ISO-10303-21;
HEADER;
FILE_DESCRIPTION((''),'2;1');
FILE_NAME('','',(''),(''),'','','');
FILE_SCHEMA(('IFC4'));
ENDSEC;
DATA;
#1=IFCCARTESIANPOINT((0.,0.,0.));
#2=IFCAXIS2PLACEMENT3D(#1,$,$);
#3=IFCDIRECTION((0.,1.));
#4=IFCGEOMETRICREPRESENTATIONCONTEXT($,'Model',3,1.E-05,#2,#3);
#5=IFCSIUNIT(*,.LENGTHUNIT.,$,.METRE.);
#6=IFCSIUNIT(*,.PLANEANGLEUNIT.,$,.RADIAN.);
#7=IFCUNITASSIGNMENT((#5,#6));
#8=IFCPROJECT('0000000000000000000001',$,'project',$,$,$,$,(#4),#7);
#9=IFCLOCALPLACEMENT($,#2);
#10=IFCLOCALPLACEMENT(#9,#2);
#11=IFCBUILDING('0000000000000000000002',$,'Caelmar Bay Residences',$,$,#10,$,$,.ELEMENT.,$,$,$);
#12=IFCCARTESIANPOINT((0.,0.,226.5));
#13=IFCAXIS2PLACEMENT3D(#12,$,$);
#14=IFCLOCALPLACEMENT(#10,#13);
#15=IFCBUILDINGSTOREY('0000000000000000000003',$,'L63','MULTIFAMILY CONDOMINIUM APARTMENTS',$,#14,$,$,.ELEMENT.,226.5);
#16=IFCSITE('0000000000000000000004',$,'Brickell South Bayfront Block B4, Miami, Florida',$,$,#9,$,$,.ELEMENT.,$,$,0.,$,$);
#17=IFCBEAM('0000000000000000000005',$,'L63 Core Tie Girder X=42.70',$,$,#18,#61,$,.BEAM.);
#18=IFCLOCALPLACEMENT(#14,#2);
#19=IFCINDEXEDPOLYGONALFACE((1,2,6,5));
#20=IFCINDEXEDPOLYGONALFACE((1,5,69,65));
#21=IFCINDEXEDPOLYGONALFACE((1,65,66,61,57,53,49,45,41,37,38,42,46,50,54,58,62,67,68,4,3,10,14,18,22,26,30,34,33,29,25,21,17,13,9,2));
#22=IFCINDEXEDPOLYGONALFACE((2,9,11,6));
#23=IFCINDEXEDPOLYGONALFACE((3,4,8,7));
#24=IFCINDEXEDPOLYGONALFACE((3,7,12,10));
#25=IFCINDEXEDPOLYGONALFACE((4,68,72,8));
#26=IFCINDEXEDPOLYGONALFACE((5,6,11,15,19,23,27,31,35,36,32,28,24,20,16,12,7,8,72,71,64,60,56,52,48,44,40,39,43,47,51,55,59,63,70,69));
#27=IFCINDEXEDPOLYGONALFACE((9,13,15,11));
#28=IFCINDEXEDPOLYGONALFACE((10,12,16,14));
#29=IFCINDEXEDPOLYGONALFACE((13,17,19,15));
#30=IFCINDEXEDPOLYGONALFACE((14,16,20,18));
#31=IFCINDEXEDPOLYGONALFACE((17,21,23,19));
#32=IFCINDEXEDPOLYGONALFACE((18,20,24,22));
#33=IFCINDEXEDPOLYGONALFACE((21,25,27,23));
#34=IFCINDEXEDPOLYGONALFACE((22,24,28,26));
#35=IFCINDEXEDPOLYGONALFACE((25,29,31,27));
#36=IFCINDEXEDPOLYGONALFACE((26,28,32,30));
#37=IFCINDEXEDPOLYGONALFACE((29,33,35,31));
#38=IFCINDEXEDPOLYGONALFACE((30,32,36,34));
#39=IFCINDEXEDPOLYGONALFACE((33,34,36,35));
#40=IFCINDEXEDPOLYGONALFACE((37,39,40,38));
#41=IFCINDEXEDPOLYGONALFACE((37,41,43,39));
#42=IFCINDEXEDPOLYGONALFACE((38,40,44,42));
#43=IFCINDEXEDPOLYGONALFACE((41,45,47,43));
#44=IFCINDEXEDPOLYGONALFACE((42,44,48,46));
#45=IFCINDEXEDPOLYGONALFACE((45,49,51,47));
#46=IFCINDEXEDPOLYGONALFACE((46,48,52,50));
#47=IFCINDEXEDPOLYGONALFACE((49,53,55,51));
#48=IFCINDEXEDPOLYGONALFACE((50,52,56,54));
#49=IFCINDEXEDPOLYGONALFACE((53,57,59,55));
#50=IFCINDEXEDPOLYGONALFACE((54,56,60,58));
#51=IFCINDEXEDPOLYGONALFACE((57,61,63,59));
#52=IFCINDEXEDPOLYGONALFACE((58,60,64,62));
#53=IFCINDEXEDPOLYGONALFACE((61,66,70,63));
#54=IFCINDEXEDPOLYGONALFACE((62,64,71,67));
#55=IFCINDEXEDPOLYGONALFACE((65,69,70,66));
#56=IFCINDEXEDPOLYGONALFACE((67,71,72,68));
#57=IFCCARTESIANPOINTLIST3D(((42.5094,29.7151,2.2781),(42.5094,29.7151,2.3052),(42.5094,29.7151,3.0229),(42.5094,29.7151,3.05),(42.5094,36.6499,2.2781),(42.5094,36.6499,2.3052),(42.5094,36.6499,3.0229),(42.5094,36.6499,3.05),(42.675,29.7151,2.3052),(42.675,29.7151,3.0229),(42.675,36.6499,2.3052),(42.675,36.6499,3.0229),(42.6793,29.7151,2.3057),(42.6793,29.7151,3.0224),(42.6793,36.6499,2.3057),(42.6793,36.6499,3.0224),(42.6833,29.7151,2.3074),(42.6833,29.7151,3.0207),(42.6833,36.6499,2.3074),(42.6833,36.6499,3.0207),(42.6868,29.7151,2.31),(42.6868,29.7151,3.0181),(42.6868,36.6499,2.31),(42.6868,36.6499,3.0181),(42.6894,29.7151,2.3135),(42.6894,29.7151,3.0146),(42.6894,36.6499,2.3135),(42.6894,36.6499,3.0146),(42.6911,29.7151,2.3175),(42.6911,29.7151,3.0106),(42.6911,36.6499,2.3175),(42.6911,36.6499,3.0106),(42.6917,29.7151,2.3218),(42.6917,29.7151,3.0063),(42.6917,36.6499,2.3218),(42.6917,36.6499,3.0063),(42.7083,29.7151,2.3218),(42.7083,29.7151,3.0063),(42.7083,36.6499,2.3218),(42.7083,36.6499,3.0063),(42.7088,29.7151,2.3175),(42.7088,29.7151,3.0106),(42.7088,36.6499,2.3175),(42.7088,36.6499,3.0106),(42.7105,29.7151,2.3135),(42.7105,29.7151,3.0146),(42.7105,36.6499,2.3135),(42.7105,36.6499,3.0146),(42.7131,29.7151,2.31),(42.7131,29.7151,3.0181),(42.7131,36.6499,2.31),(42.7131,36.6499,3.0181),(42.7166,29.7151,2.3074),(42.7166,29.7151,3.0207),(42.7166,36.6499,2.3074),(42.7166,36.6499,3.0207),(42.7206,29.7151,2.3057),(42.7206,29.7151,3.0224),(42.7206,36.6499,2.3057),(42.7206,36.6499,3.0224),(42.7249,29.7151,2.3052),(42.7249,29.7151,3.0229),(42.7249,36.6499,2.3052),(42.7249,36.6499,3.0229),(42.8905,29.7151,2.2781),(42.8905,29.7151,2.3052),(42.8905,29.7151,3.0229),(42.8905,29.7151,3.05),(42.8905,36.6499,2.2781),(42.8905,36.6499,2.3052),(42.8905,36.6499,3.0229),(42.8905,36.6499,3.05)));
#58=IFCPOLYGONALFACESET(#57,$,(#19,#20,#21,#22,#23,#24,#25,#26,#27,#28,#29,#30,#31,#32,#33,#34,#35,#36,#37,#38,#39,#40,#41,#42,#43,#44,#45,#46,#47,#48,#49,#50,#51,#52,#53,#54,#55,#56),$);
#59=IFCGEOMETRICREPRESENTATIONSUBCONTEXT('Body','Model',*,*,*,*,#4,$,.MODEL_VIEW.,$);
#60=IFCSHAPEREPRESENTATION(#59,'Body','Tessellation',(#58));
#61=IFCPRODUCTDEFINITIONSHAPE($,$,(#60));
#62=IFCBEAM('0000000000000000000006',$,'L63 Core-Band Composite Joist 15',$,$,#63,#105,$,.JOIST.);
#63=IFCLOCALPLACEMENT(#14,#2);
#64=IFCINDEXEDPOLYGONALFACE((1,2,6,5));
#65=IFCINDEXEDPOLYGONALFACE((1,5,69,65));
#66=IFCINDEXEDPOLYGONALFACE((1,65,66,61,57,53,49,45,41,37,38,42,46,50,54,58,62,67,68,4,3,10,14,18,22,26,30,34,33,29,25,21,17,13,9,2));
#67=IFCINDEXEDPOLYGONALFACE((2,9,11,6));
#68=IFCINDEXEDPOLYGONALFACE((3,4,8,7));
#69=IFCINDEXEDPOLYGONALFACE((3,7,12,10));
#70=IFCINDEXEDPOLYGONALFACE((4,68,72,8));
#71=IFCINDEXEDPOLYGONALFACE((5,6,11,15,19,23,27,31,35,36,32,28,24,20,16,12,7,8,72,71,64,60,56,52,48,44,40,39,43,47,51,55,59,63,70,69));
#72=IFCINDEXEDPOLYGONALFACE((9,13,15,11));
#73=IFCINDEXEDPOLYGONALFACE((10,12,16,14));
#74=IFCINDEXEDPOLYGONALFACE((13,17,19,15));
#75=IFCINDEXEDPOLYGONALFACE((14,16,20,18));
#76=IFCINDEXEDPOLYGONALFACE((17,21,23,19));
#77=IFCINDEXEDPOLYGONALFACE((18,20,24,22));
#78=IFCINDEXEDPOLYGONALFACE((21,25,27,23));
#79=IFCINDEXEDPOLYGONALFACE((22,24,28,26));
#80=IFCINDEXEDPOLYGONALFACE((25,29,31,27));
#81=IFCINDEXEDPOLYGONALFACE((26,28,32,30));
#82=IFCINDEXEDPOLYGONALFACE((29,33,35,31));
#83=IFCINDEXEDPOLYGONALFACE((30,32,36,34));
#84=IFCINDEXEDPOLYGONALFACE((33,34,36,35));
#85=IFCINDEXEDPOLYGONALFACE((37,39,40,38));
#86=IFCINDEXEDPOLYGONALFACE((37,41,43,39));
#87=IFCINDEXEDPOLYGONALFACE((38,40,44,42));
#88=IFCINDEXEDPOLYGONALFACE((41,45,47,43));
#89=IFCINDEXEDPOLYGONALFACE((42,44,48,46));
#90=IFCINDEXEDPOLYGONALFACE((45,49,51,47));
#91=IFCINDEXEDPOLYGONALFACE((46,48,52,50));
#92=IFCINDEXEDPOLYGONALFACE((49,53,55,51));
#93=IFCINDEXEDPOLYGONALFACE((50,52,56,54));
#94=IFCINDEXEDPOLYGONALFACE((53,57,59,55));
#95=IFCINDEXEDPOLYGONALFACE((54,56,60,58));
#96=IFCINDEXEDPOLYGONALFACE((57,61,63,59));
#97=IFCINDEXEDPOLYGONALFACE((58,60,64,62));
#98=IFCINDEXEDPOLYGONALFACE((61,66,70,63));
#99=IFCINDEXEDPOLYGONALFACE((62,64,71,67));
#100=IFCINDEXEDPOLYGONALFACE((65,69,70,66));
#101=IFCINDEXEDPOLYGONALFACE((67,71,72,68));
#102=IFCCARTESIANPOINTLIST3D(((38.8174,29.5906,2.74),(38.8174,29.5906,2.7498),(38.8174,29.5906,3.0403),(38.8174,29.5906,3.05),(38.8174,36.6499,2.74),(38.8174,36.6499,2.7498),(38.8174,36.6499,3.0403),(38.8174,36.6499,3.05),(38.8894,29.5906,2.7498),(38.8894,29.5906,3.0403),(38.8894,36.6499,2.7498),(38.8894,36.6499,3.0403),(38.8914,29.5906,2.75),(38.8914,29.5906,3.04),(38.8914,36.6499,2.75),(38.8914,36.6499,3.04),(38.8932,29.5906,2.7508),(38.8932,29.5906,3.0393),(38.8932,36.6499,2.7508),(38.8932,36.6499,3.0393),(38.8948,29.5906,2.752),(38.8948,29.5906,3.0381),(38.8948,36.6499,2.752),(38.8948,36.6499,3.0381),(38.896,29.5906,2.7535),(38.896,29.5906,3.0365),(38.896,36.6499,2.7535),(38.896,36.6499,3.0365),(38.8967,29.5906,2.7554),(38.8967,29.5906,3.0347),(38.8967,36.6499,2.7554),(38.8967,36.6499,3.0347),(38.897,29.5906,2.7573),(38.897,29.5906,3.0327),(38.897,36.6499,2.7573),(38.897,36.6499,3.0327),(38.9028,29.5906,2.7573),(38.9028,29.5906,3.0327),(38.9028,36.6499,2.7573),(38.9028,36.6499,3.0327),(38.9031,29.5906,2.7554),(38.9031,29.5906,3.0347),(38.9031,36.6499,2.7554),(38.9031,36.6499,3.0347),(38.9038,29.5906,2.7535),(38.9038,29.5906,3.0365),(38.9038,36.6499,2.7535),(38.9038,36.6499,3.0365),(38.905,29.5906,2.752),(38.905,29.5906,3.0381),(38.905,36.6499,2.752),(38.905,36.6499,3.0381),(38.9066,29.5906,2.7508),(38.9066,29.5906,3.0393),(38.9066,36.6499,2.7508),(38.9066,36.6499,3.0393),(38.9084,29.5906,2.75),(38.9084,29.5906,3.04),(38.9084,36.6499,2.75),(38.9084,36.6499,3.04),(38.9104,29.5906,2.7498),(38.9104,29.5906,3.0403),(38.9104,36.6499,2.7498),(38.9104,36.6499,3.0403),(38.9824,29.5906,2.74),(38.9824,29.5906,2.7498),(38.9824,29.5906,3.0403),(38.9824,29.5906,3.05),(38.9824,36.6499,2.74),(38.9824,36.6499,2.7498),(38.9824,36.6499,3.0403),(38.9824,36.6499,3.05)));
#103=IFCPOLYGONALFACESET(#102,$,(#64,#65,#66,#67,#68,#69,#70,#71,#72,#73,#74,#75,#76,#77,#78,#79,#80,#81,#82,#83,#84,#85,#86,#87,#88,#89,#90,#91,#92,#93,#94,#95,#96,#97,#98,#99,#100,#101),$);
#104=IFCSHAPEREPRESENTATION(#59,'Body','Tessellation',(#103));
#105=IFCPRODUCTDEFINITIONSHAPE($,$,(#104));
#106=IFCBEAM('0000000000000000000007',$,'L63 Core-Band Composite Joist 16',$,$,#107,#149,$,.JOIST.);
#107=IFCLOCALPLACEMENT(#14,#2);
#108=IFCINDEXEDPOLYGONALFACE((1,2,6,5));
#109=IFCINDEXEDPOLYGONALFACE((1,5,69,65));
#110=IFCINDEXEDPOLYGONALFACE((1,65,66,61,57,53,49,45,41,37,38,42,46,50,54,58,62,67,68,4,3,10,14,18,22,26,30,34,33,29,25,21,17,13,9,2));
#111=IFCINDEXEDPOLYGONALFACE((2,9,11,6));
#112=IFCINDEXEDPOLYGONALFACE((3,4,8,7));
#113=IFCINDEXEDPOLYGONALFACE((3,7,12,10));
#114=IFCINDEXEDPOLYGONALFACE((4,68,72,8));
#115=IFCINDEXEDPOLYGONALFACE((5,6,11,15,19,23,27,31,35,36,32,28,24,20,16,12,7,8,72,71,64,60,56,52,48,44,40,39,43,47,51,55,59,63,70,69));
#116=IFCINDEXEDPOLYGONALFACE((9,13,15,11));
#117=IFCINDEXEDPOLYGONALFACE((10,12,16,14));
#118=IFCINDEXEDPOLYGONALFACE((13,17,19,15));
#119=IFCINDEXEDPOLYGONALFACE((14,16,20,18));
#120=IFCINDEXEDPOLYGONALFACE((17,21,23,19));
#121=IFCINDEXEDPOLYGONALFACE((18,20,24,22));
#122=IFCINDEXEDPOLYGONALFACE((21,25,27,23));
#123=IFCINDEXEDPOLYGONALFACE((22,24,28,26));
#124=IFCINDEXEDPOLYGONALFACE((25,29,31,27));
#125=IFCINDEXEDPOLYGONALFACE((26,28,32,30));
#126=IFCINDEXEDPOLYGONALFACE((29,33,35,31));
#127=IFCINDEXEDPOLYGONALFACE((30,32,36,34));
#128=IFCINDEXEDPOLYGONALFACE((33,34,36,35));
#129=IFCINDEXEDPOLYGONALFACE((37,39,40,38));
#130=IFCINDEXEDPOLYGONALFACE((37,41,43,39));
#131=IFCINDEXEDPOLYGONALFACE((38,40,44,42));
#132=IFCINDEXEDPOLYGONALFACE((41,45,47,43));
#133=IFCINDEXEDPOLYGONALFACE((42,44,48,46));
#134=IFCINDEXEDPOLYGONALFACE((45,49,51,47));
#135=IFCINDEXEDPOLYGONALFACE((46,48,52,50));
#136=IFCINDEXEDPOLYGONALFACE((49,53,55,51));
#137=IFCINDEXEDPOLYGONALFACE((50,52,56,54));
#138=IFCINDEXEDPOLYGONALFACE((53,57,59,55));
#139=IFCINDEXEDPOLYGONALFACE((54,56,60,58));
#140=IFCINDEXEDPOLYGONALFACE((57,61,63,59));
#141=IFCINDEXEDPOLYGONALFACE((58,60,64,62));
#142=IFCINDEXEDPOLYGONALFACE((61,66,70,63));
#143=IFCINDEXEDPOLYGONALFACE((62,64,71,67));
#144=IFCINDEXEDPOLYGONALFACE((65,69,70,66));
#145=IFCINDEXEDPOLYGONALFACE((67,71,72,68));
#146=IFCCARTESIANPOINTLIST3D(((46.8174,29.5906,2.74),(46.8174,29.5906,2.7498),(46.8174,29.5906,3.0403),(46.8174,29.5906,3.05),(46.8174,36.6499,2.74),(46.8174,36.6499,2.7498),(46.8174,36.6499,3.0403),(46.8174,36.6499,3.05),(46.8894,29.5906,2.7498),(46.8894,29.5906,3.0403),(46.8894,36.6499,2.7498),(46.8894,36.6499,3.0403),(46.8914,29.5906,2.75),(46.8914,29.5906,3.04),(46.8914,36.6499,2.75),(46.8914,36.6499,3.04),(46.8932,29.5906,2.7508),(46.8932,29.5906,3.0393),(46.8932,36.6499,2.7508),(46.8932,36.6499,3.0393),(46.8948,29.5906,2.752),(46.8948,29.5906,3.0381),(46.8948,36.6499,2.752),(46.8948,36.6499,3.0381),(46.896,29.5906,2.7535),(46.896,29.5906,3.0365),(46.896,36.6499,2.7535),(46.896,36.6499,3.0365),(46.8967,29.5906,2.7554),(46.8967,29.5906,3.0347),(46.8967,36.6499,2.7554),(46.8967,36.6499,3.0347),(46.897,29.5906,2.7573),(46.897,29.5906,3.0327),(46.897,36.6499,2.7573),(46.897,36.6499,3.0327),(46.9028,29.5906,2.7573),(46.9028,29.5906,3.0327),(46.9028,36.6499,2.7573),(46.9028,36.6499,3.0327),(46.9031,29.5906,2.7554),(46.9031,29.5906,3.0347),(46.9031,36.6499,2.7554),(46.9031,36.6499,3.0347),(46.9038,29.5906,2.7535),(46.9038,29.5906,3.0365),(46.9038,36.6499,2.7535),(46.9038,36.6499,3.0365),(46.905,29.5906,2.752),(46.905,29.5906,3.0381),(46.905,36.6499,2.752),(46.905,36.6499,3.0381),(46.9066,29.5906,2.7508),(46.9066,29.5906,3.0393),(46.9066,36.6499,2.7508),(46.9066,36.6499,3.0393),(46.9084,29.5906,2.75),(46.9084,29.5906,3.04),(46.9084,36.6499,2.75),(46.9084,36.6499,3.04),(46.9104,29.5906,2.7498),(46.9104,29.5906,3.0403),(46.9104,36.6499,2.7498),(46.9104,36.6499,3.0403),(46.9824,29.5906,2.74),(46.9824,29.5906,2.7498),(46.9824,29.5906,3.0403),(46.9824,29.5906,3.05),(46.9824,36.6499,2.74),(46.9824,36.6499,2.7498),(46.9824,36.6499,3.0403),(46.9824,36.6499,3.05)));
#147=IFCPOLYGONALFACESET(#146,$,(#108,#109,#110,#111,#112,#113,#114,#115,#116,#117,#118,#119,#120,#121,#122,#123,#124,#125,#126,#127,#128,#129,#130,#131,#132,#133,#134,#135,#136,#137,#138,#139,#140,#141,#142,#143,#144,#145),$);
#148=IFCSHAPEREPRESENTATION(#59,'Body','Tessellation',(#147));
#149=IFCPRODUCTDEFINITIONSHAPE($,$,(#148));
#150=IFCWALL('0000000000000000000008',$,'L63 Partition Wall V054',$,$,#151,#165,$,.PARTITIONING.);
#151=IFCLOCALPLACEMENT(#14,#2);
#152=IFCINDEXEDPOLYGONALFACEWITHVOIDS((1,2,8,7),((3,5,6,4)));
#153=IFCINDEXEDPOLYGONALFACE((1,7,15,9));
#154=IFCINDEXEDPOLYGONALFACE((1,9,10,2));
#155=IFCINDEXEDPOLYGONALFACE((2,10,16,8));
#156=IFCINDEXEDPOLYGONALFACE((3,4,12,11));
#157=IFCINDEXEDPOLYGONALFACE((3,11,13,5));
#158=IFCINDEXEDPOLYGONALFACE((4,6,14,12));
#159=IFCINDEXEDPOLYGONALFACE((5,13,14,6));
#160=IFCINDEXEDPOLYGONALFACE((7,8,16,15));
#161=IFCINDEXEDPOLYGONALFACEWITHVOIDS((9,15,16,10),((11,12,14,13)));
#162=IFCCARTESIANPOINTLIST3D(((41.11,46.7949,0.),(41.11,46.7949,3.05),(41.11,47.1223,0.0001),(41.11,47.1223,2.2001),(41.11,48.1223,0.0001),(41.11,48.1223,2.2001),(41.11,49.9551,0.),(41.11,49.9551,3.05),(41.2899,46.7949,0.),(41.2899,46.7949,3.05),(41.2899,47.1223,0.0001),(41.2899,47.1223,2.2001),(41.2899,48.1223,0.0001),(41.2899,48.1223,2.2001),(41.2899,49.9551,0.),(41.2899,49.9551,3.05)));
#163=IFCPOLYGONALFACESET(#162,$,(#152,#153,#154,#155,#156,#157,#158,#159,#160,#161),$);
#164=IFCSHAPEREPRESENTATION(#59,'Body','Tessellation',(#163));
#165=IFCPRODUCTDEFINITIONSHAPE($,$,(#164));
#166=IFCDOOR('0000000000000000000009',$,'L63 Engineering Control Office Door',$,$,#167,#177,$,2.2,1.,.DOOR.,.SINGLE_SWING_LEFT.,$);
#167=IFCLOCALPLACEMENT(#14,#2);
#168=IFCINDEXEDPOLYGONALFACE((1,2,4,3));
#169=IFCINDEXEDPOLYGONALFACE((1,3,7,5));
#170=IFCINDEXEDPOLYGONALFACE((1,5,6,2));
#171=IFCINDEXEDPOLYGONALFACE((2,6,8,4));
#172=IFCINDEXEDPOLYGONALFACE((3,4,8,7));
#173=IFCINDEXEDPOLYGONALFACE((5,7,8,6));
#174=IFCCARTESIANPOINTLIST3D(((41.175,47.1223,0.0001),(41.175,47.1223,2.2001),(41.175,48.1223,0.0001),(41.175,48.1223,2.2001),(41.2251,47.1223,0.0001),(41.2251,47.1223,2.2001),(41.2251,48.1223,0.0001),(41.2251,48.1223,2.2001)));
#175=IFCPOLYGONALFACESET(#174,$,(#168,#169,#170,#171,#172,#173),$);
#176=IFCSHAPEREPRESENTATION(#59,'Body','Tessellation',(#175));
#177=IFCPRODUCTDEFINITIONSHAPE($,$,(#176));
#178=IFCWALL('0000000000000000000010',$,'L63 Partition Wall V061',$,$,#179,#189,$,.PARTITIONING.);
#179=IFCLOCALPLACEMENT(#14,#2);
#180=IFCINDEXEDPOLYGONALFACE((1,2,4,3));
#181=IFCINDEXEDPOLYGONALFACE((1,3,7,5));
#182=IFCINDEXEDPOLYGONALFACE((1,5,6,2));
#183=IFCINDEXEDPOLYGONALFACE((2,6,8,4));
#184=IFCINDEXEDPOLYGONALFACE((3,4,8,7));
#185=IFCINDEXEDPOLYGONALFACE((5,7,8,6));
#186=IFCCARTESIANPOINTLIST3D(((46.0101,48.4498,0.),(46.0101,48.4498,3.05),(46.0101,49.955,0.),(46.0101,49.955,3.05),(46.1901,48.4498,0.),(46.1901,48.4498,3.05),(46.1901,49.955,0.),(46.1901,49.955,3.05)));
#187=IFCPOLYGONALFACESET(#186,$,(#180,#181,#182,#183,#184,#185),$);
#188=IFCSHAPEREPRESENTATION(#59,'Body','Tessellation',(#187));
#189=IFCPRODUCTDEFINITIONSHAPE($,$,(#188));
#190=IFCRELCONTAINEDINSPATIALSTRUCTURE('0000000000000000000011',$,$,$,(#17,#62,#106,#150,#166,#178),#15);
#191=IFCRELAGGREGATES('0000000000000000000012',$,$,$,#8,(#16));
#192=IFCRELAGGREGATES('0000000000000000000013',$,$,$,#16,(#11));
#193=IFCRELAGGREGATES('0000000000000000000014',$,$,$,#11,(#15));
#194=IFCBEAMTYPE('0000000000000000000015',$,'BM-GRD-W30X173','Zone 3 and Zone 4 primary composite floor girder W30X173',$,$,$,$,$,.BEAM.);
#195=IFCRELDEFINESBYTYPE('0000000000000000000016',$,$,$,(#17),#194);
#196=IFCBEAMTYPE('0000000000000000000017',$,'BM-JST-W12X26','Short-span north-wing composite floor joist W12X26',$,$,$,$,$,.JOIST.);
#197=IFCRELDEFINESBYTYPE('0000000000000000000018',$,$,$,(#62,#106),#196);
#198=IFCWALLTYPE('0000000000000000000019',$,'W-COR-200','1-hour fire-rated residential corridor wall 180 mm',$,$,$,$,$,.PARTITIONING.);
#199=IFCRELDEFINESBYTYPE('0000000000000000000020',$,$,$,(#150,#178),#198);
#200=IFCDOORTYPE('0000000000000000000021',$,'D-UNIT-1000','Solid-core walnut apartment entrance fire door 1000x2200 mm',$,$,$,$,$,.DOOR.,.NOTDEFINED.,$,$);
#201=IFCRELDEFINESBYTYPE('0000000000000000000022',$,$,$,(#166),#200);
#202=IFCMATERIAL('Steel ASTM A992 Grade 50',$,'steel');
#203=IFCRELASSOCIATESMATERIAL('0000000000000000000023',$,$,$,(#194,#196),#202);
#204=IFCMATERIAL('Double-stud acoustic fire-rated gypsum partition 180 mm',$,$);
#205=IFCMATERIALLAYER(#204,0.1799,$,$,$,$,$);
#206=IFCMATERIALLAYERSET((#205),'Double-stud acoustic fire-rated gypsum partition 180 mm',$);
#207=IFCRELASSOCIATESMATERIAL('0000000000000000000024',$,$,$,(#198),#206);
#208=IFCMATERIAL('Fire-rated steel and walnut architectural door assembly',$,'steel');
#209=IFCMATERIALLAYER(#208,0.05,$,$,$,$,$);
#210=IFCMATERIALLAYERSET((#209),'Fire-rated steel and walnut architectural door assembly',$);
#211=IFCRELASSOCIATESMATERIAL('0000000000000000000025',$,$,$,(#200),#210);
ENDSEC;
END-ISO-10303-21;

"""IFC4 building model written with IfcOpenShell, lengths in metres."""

from ifc_helpers import new_model, si_unit, direction, frame, frame_2d, origin, origin_2d, place, context, subcontext, project, spatial, rectangle, i_section, extrude, material, layer, layer_set, material_profile, profile_set, type_object, element, fill, save


model = new_model("IFC4")

# Units and contexts
model_context = context("Model", 3, precision=1e-05, world=origin(), true_north=direction((0.0, 1.0)))
body_context = subcontext(model_context, "Body", "Model", "MODEL_VIEW")
ifc_project = project(units=[si_unit("LENGTHUNIT", "METRE"), si_unit("PLANEANGLEUNIT", "RADIAN")], contexts=[model_context])

# Site, building, storey
site_placement = place(None, origin())
site = spatial("IfcSite", under=ifc_project, at=site_placement, Name="Brickell South Bayfront Block B4, Miami, Florida", CompositionType="ELEMENT", RefElevation=0.0)
building_placement = place(site_placement, origin())
building = spatial("IfcBuilding", under=site, at=building_placement, Name="Caelmar Bay Residences", CompositionType="ELEMENT")
storey_placement = place(building_placement, frame((0.0, 0.0, 226.5)))
storey = spatial("IfcBuildingStorey", under=building, at=storey_placement, Name="L63", Description="MULTIFAMILY CONDOMINIUM APARTMENTS", CompositionType="ELEMENT", Elevation=226.5)

# Beams
ifc_material_1 = material(Name="Steel ASTM A992 Grade 50", Category="steel")
ifc_material_profile_1 = material_profile(ifc_material_1, i_section(OverallWidth=0.3811, OverallDepth=0.772, WebThickness=0.0166, FlangeThickness=0.0271, FilletRadius=0.0166, at=origin_2d()), Name="W30X173")
ifc_profile_set_1 = profile_set([ifc_material_profile_1], Name="Steel ASTM A992 Grade 50")
beam_type_1 = type_object("IfcBeamType", Name="BM-GRD-W30X173", Description="Zone 3 and Zone 4 primary composite floor girder W30X173", PredefinedType="BEAM", material=ifc_profile_set_1)
beam_placement = place(storey_placement, frame((42.7, 29.7151, 2.6641), z_axis=(0.0, 1.0, 0.0), x_axis=(-1.0, 0.0, 0.0)))
element("IfcBeam", 1, at=beam_placement, inside=storey, type_object=beam_type_1, Name="L63 Core Tie Girder X=42.70", PredefinedType="BEAM", context=body_context, shape_type="SweptSolid", body=[
    extrude(i_section(OverallWidth=0.3811, OverallDepth=0.772, WebThickness=0.0166, FlangeThickness=0.0271, FilletRadius=0.0166, at=origin_2d()), origin(), (0.0, 0.0, 1.0), 6.9348),
])
ifc_material_profile_2 = material_profile(ifc_material_1, i_section(OverallWidth=0.165, OverallDepth=0.3101, WebThickness=0.0059, FlangeThickness=0.0098, FilletRadius=0.0076, at=origin_2d()), Name="W12X26")
ifc_profile_set_2 = profile_set([ifc_material_profile_2], Name="Steel ASTM A992 Grade 50")
beam_type_2 = type_object("IfcBeamType", Name="BM-JST-W12X26", Description="Short-span north-wing composite floor joist W12X26", PredefinedType="JOIST", material=ifc_profile_set_2)
for number, where, z_axis, x_axis, name in (
    (2, (38.8999, 29.5906, 2.895), (0.0, 1.0, 0.0), (-1.0, 0.0, 0.0), "L63 Core-Band Composite Joist 15"),
    (3, (46.8999, 29.5906, 2.895), (0.0, 1.0, 0.0), (-1.0, 0.0, 0.0), "L63 Core-Band Composite Joist 16"),
):
    element("IfcBeam", number, at=place(storey_placement, frame(where, z_axis=z_axis, x_axis=x_axis)), inside=storey, type_object=beam_type_2, Name=name, PredefinedType="JOIST", context=body_context, shape_type="SweptSolid", body=[
        extrude(i_section(OverallWidth=0.165, OverallDepth=0.3101, WebThickness=0.0059, FlangeThickness=0.0098, FilletRadius=0.0076, at=origin_2d()), origin(), (0.0, 0.0, 1.0), 7.0593),
    ])

# Wall, opening, door
ifc_material_2 = material(Name="Double-stud acoustic fire-rated gypsum partition 180 mm")
ifc_layer_1 = layer(ifc_material_2, 0.1799)
ifc_layer_set_1 = layer_set([ifc_layer_1], Name="Double-stud acoustic fire-rated gypsum partition 180 mm")
wall_type_1 = type_object("IfcWallType", Name="W-COR-200", Description="1-hour fire-rated residential corridor wall 180 mm", PredefinedType="PARTITIONING", material=ifc_layer_set_1)
wall_1_placement = place(storey_placement, frame((41.2, 46.7949, 0.0), z_axis=(0.0, 0.0, 1.0), x_axis=(0.0, 1.0, 0.0)))
wall_1 = element("IfcWall", 4, at=wall_1_placement, inside=storey, type_object=wall_type_1, Name="L63 Partition Wall V054", PredefinedType="PARTITIONING", context=body_context, shape_type="SweptSolid", body=[
    extrude(rectangle(XDim=3.1602, YDim=0.1799, at=frame_2d((1.5801, 0.0))), origin(), (0.0, 0.0, 1.0), 3.05),
])
opening_1_placement = place(wall_1_placement, frame((0.3274, 0.0, 0.0)))
opening_1 = element("IfcOpeningElement", 5, at=opening_1_placement, cuts=wall_1, PredefinedType="OPENING", context=body_context, shape_type="SweptSolid", body=[
    extrude(rectangle(XDim=1.0, YDim=2.2, at=frame_2d((0.5, 1.1001))), frame((0.0, 0.0999, 0.0), z_axis=(0.0, -1.0, 0.0), x_axis=(1.0, 0.0, 0.0)), (0.0, 0.0, 1.0), 0.2),
])
ifc_material_3 = material(Name="Fire-rated steel and walnut architectural door assembly", Category="steel")
ifc_layer_2 = layer(ifc_material_3, 0.05)
ifc_layer_set_2 = layer_set([ifc_layer_2], Name="Fire-rated steel and walnut architectural door assembly")
door_type_1 = type_object("IfcDoorType", Name="D-UNIT-1000", Description="Solid-core walnut apartment entrance fire door 1000x2200 mm", OperationType="NOTDEFINED", PredefinedType="DOOR", material=ifc_layer_set_2)
door_1_placement = place(opening_1_placement, origin())
door_1 = element("IfcDoor", 6, at=door_1_placement, inside=storey, type_object=door_type_1, Name="L63 Engineering Control Office Door", OperationType="SINGLE_SWING_LEFT", OverallHeight=2.2, OverallWidth=1.0, PredefinedType="DOOR", context=body_context, shape_type="SweptSolid", body=[
    extrude(rectangle(XDim=1.0, YDim=2.2, at=frame_2d((0.5, 1.1001))), frame((0.0, 0.0249, 0.0), z_axis=(0.0, -1.0, 0.0), x_axis=(1.0, 0.0, 0.0)), (0.0, 0.0, 1.0), 0.05),
])
fill(opening_1, door_1)

# Wall
for number, where, z_axis, x_axis, name in (
    (7, (46.1001, 48.45, 0.0), (0.0, 0.0, 1.0), (0.0, 1.0, 0.0), "L63 Partition Wall V061"),
):
    element("IfcWall", number, at=place(storey_placement, frame(where, z_axis=z_axis, x_axis=x_axis)), inside=storey, type_object=wall_type_1, Name=name, PredefinedType="PARTITIONING", context=body_context, shape_type="SweptSolid", body=[
        extrude(rectangle(XDim=1.5051, YDim=0.1799, at=frame_2d((0.7524, 0.0))), origin(), (0.0, 0.0, 1.0), 3.05),
    ])

save(model, "model.ifc")
